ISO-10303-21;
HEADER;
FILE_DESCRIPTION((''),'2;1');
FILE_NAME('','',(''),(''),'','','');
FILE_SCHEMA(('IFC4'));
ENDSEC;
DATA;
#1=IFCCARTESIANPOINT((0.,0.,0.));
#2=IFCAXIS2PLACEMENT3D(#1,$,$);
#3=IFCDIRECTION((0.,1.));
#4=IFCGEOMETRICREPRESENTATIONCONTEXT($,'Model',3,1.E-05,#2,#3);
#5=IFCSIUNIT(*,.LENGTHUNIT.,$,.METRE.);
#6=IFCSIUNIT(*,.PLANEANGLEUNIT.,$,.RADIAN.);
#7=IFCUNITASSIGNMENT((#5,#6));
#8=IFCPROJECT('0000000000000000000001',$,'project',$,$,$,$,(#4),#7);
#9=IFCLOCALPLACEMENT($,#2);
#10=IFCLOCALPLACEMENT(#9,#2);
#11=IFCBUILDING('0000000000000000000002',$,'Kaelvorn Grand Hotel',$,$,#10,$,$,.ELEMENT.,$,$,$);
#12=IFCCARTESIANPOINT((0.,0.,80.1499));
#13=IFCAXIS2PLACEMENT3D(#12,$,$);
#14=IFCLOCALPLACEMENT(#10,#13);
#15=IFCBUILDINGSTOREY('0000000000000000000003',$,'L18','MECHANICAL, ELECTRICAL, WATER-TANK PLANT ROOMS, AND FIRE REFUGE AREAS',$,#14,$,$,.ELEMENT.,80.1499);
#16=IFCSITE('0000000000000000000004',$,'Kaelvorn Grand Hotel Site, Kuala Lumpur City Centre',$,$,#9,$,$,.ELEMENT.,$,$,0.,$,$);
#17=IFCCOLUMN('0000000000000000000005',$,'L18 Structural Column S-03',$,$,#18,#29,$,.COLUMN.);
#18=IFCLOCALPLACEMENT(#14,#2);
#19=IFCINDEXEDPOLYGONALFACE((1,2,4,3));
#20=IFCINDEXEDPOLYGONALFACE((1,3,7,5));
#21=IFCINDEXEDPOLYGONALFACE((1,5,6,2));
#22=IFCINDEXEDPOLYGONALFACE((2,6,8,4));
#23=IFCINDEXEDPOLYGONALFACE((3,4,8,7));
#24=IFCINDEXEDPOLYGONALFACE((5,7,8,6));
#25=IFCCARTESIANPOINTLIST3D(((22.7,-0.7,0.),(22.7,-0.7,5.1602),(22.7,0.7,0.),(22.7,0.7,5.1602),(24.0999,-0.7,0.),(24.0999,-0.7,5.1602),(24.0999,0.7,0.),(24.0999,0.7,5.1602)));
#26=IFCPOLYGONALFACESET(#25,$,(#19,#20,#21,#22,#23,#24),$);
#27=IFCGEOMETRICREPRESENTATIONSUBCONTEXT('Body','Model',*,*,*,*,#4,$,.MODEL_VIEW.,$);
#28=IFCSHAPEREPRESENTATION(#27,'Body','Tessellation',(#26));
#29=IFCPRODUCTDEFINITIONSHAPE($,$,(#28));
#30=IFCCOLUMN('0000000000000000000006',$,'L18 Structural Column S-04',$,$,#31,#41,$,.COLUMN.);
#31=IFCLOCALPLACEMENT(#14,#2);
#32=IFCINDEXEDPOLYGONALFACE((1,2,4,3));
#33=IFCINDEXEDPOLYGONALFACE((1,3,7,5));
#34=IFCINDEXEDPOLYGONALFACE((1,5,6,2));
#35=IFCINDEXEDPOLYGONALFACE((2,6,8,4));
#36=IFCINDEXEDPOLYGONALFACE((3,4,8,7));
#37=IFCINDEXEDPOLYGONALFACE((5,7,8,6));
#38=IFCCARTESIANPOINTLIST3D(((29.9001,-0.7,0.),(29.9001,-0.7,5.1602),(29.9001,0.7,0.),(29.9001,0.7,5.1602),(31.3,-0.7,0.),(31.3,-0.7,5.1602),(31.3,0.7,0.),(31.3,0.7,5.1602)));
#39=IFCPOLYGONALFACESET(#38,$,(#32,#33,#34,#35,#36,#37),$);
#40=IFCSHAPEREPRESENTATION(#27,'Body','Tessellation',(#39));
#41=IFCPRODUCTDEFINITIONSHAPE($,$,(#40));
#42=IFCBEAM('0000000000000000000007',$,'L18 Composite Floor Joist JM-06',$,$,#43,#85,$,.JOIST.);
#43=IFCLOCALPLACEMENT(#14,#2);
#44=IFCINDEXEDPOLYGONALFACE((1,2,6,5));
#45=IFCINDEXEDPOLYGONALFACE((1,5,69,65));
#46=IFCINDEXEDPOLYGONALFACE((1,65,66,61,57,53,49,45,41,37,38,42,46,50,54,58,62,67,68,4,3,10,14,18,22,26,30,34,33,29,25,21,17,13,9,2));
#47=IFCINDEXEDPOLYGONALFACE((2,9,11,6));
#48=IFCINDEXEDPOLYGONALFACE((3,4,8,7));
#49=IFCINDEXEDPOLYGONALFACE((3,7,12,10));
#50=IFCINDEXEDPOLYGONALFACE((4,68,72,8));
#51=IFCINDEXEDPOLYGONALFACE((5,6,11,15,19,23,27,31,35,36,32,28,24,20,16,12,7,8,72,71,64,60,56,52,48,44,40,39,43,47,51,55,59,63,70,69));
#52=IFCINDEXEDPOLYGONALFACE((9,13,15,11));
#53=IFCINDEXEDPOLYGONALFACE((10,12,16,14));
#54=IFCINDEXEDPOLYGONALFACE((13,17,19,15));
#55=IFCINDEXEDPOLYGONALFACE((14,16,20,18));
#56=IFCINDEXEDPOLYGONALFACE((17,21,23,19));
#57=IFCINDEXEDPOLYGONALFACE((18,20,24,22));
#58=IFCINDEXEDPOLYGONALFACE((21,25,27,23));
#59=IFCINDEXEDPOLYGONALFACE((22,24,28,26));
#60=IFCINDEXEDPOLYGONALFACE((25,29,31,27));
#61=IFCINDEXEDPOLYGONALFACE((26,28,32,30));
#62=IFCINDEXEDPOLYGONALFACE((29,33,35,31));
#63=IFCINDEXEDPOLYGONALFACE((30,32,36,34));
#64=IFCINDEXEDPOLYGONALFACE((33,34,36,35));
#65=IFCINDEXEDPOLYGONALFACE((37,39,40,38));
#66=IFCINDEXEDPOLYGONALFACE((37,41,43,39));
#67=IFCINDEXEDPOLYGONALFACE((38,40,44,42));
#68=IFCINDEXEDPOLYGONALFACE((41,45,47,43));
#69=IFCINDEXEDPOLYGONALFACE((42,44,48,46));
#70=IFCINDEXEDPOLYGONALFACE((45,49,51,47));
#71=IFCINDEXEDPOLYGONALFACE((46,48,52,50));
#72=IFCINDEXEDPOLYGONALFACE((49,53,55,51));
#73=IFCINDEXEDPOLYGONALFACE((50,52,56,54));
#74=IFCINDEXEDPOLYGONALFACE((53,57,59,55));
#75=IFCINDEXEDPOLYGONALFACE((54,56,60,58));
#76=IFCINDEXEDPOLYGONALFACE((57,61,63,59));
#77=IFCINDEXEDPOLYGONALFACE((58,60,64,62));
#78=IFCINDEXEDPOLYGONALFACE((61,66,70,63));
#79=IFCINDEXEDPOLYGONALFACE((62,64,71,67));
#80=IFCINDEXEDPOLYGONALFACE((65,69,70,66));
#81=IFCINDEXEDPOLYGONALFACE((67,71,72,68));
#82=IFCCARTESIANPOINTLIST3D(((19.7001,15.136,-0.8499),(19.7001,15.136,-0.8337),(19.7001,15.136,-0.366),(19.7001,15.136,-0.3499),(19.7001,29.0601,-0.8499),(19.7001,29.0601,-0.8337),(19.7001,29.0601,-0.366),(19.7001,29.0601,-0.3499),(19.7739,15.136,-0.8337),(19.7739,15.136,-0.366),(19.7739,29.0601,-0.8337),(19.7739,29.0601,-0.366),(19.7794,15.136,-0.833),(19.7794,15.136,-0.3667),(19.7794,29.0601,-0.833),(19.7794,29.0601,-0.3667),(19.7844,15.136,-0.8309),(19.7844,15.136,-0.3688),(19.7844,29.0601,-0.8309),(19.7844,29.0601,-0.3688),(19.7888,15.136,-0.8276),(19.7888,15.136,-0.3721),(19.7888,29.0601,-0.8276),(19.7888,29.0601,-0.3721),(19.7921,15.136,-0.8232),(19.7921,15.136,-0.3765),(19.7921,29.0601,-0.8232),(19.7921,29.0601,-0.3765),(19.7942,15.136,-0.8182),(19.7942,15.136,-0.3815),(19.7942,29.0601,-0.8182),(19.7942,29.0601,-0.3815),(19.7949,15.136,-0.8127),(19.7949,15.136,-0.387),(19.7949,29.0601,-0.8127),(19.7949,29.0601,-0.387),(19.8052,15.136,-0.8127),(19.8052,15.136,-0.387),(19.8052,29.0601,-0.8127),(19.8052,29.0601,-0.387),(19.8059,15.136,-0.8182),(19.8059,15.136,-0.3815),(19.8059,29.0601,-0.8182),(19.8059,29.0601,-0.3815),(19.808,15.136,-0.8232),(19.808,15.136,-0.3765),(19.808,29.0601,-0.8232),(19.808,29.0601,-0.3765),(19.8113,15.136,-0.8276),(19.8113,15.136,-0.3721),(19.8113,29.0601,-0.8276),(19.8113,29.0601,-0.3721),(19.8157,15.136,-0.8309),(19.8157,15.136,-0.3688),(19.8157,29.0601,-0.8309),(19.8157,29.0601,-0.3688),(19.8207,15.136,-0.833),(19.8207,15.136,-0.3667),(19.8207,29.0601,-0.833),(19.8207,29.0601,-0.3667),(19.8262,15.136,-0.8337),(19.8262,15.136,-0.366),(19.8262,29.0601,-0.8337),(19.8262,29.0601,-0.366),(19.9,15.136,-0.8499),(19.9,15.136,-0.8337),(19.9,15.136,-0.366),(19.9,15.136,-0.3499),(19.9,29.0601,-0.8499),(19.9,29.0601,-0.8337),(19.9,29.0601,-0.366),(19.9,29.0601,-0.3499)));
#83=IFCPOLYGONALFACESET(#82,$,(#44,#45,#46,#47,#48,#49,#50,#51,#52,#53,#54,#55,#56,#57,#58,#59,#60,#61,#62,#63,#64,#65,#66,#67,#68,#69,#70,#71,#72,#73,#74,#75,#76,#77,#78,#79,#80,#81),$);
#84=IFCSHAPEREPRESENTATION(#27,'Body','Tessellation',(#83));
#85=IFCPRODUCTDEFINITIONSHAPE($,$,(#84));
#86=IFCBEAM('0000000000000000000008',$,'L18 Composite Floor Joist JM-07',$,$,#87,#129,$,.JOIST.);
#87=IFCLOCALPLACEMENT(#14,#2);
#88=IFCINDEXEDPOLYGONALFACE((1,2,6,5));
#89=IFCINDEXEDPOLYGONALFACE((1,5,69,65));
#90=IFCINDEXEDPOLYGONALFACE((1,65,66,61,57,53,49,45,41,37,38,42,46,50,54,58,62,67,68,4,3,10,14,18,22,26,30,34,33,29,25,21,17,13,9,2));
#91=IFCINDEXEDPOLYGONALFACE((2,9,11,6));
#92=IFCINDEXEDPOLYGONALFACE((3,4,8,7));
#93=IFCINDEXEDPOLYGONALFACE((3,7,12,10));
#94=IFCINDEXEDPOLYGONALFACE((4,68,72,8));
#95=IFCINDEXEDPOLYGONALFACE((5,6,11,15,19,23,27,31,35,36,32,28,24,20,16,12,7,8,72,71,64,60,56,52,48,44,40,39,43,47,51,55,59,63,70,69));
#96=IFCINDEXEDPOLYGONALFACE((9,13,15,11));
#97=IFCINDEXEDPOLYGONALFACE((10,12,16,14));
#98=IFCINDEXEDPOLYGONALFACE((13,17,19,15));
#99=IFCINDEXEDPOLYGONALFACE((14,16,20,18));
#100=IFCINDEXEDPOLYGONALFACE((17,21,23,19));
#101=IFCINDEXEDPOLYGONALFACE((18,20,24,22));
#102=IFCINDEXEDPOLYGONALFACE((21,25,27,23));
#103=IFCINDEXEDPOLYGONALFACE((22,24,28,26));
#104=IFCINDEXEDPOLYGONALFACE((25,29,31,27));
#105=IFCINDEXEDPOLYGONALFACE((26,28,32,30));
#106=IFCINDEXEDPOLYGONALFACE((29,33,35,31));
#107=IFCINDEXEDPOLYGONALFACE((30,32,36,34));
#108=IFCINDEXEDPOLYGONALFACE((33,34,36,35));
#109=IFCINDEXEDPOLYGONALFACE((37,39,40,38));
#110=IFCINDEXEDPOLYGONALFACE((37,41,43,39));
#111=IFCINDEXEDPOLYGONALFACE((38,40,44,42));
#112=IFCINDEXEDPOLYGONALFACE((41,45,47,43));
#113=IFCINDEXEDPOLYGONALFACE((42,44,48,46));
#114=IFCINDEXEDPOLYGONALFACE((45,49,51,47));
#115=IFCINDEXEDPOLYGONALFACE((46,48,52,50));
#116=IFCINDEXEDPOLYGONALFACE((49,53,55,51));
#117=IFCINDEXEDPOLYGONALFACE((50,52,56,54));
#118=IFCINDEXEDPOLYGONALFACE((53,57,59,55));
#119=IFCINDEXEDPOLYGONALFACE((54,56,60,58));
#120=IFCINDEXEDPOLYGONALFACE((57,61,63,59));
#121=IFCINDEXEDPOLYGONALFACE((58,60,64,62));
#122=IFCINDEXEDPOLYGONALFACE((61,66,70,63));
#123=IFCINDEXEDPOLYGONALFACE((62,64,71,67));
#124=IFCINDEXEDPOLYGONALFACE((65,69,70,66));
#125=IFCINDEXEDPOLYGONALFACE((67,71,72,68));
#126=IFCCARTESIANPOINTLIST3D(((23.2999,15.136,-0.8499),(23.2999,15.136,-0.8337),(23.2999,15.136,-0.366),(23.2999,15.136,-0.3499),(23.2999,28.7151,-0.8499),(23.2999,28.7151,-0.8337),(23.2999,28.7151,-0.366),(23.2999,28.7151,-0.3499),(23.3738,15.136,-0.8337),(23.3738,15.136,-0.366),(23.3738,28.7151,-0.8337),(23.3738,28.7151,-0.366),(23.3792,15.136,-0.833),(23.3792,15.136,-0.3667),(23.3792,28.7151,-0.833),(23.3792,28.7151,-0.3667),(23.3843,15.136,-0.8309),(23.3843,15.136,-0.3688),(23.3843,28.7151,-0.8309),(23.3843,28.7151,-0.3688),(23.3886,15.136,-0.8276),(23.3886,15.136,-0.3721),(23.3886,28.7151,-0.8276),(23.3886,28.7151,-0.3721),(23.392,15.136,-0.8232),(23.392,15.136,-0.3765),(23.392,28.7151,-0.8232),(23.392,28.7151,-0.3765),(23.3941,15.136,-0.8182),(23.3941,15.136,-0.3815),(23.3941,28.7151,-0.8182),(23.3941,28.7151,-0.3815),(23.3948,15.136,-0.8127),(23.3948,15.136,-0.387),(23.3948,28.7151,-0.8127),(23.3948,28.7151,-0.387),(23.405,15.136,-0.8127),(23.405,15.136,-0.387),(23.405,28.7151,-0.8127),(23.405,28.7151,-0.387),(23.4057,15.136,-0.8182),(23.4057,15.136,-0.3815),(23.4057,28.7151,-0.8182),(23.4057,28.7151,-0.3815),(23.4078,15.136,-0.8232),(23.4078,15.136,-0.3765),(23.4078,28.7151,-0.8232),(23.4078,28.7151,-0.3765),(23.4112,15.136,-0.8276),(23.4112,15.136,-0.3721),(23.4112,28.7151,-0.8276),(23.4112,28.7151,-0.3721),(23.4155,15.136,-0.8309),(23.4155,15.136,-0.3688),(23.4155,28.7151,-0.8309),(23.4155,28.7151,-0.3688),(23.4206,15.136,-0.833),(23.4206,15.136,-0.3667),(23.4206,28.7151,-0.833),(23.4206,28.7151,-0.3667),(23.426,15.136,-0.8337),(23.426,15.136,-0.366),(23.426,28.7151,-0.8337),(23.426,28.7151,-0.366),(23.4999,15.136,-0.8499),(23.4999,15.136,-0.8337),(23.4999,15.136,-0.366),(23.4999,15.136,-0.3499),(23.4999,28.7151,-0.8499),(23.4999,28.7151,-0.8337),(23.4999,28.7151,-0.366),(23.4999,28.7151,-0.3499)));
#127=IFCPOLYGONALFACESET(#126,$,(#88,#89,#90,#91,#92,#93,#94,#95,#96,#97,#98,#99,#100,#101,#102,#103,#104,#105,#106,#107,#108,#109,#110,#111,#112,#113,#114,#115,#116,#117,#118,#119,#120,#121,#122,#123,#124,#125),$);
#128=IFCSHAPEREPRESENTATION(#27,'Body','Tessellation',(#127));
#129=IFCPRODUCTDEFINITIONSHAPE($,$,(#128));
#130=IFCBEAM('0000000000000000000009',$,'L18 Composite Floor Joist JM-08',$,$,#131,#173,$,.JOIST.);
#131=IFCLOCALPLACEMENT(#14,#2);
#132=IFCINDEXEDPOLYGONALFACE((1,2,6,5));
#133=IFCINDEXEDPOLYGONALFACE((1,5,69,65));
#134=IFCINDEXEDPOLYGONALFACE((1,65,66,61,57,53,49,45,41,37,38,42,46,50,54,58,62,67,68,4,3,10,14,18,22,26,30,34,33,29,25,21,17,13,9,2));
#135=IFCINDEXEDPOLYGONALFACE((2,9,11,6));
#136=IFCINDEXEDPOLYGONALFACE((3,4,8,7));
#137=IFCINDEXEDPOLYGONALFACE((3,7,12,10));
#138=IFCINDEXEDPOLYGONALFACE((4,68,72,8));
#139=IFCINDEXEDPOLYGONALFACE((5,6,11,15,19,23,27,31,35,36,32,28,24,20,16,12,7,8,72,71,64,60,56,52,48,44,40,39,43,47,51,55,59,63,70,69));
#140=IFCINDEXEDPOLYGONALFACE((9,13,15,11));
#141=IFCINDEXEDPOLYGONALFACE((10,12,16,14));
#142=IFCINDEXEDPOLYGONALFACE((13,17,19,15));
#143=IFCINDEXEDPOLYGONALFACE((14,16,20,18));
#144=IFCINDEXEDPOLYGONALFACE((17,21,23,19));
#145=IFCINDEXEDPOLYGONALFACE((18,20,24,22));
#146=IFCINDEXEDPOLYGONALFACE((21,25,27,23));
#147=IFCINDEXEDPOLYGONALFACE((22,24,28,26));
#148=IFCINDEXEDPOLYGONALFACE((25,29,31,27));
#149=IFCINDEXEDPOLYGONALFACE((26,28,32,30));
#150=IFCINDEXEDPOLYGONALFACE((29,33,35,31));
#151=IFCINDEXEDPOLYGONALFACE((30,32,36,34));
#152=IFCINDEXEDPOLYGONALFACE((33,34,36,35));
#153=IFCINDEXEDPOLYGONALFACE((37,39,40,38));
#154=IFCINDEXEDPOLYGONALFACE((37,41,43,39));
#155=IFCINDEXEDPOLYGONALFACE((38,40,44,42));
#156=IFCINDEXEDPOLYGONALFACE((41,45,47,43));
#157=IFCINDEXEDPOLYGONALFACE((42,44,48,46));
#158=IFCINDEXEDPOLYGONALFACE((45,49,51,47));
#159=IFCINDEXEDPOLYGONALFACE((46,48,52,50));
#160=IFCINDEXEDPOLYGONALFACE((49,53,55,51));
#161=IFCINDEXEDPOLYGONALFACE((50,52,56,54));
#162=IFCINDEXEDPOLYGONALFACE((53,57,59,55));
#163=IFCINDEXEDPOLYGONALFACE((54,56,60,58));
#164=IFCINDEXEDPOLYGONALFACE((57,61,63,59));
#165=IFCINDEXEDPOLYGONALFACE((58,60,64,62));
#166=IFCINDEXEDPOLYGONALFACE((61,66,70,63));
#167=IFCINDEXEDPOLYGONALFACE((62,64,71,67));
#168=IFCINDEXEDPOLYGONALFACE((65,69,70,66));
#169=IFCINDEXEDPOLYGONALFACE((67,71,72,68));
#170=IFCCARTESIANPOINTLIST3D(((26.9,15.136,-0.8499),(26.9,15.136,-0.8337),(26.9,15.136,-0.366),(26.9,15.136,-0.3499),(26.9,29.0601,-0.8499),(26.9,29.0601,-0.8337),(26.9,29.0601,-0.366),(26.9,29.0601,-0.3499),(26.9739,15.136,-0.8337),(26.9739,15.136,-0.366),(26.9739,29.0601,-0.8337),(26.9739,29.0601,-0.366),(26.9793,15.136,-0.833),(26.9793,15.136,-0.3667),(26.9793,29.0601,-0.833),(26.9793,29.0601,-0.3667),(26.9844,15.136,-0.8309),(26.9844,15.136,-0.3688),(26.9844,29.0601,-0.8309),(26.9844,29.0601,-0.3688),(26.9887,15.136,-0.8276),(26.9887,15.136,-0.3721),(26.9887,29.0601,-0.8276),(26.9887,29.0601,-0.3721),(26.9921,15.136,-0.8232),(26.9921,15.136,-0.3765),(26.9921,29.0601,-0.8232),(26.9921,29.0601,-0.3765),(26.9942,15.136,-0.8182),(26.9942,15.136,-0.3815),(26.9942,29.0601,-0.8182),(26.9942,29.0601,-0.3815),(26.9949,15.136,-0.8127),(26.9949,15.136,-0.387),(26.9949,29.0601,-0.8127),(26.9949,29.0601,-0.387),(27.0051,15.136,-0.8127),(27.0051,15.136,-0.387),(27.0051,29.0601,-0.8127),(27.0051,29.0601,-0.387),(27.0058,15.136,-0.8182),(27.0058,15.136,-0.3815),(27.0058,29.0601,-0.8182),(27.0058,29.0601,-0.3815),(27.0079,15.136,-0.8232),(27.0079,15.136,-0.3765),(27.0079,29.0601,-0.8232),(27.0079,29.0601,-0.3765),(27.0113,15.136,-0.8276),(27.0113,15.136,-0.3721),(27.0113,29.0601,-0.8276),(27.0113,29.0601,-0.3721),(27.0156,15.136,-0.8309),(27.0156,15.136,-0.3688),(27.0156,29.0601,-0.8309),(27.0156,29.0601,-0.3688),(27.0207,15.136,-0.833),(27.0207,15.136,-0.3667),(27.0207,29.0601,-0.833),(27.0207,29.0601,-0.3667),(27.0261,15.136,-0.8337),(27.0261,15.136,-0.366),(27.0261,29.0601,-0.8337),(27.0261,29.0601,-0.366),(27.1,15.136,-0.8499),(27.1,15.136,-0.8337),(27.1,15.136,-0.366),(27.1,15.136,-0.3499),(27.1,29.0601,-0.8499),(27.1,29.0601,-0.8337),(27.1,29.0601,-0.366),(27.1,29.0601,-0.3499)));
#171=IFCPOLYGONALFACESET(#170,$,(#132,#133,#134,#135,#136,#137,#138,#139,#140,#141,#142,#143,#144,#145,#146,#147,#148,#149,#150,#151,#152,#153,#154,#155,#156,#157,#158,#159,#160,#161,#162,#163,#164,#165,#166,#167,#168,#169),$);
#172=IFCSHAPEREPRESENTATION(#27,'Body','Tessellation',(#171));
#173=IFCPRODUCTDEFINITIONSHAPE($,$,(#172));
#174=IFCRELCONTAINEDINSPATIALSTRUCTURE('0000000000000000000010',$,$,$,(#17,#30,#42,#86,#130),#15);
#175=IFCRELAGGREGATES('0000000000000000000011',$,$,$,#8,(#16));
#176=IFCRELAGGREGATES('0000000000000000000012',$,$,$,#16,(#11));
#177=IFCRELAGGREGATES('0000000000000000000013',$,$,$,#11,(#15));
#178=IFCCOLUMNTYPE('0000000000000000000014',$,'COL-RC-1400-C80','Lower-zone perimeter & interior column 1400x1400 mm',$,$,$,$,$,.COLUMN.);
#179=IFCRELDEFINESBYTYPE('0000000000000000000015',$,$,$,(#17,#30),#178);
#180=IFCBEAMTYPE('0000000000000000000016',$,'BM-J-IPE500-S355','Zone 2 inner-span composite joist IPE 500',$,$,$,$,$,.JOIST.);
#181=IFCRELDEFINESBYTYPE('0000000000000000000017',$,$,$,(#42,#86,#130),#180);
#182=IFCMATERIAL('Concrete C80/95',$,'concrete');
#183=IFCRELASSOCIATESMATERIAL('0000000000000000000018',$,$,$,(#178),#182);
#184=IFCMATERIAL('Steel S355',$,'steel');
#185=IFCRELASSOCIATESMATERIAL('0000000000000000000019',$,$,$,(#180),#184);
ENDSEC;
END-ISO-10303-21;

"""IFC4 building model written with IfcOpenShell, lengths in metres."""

from ifc_helpers import new_model, si_unit, direction, frame, origin, origin_2d, place, context, subcontext, project, spatial, rectangle, i_section, extrude, material, material_profile, profile_set, type_object, element, save


model = new_model("IFC4")

# Units and contexts
model_context = context("Model", 3, precision=1e-05, world=origin(), true_north=direction((0.0, 1.0)))
body_context = subcontext(model_context, "Body", "Model", "MODEL_VIEW")
ifc_project = project(units=[si_unit("LENGTHUNIT", "METRE"), si_unit("PLANEANGLEUNIT", "RADIAN")], contexts=[model_context])

# Site, building, storey
site_placement = place(None, origin())
site = spatial("IfcSite", under=ifc_project, at=site_placement, Name="Kaelvorn Grand Hotel Site, Kuala Lumpur City Centre", CompositionType="ELEMENT", RefElevation=0.0)
building_placement = place(site_placement, origin())
building = spatial("IfcBuilding", under=site, at=building_placement, Name="Kaelvorn Grand Hotel", CompositionType="ELEMENT")
storey_placement = place(building_placement, frame((0.0, 0.0, 80.1499)))
storey = spatial("IfcBuildingStorey", under=building, at=storey_placement, Name="L18", Description="MECHANICAL, ELECTRICAL, WATER-TANK PLANT ROOMS, AND FIRE REFUGE AREAS", CompositionType="ELEMENT", Elevation=80.1499)

# Columns
ifc_material_1 = material(Name="Concrete C80/95", Category="concrete")
ifc_material_profile_1 = material_profile(ifc_material_1, rectangle(XDim=1.3999, YDim=1.3999, at=origin_2d()), Name="RC COL 1400x1400")
ifc_profile_set_1 = profile_set([ifc_material_profile_1], Name="Concrete C80/95")
column_type = type_object("IfcColumnType", Name="COL-RC-1400-C80", Description="Lower-zone perimeter & interior column 1400x1400 mm", PredefinedType="COLUMN", material=ifc_profile_set_1)
for number, where, z_axis, x_axis, name in (
    (1, (23.3999, 0.0, 0.0), (0.0, 0.0, 1.0), (1.0, 0.0, 0.0), "L18 Structural Column S-03"),
    (2, (30.6001, 0.0, 0.0), (0.0, 0.0, 1.0), (1.0, 0.0, 0.0), "L18 Structural Column S-04"),
):
    element("IfcColumn", number, at=place(storey_placement, frame(where, z_axis=z_axis, x_axis=x_axis)), inside=storey, type_object=column_type, Name=name, PredefinedType="COLUMN", context=body_context, shape_type="SweptSolid", body=[
        extrude(rectangle(XDim=1.3999, YDim=1.3999, at=origin_2d()), origin(), (0.0, 0.0, 1.0), 5.1602),
    ])

# Beams
ifc_material_2 = material(Name="Steel S355", Category="steel")
ifc_material_profile_2 = material_profile(ifc_material_2, i_section(OverallWidth=0.2, OverallDepth=0.5, WebThickness=0.0103, FlangeThickness=0.0161, FilletRadius=0.021, at=origin_2d()), Name="IPE 500")
ifc_profile_set_2 = profile_set([ifc_material_profile_2], Name="Steel S355")
beam_type_1 = type_object("IfcBeamType", Name="BM-J-IPE500-S355", Description="Zone 2 inner-span composite joist IPE 500", PredefinedType="JOIST", material=ifc_profile_set_2)
beam_1_placement = place(storey_placement, frame((19.8, 15.136, -0.5999), z_axis=(0.0, 1.0, 0.0), x_axis=(-1.0, 0.0, 0.0)))
element("IfcBeam", 3, at=beam_1_placement, inside=storey, type_object=beam_type_1, Name="L18 Composite Floor Joist JM-06", PredefinedType="JOIST", context=body_context, shape_type="SweptSolid", body=[
    extrude(i_section(OverallWidth=0.2, OverallDepth=0.5, WebThickness=0.0103, FlangeThickness=0.0161, FilletRadius=0.021, at=origin_2d()), origin(), (0.0, 0.0, 1.0), 13.9241),
])
beam_2_placement = place(storey_placement, frame((23.3999, 15.136, -0.5999), z_axis=(0.0, 1.0, 0.0), x_axis=(-1.0, 0.0, 0.0)))
element("IfcBeam", 4, at=beam_2_placement, inside=storey, type_object=beam_type_1, Name="L18 Composite Floor Joist JM-07", PredefinedType="JOIST", context=body_context, shape_type="SweptSolid", body=[
    extrude(i_section(OverallWidth=0.2, OverallDepth=0.5, WebThickness=0.0103, FlangeThickness=0.0161, FilletRadius=0.021, at=origin_2d()), origin(), (0.0, 0.0, 1.0), 13.5791),
])
beam_3_placement = place(storey_placement, frame((27.0, 15.136, -0.5999), z_axis=(0.0, 1.0, 0.0), x_axis=(-1.0, 0.0, 0.0)))
element("IfcBeam", 5, at=beam_3_placement, inside=storey, type_object=beam_type_1, Name="L18 Composite Floor Joist JM-08", PredefinedType="JOIST", context=body_context, shape_type="SweptSolid", body=[
    extrude(i_section(OverallWidth=0.2, OverallDepth=0.5, WebThickness=0.0103, FlangeThickness=0.0161, FilletRadius=0.021, at=origin_2d()), origin(), (0.0, 0.0, 1.0), 13.9241),
])

save(model, "model.ifc")
